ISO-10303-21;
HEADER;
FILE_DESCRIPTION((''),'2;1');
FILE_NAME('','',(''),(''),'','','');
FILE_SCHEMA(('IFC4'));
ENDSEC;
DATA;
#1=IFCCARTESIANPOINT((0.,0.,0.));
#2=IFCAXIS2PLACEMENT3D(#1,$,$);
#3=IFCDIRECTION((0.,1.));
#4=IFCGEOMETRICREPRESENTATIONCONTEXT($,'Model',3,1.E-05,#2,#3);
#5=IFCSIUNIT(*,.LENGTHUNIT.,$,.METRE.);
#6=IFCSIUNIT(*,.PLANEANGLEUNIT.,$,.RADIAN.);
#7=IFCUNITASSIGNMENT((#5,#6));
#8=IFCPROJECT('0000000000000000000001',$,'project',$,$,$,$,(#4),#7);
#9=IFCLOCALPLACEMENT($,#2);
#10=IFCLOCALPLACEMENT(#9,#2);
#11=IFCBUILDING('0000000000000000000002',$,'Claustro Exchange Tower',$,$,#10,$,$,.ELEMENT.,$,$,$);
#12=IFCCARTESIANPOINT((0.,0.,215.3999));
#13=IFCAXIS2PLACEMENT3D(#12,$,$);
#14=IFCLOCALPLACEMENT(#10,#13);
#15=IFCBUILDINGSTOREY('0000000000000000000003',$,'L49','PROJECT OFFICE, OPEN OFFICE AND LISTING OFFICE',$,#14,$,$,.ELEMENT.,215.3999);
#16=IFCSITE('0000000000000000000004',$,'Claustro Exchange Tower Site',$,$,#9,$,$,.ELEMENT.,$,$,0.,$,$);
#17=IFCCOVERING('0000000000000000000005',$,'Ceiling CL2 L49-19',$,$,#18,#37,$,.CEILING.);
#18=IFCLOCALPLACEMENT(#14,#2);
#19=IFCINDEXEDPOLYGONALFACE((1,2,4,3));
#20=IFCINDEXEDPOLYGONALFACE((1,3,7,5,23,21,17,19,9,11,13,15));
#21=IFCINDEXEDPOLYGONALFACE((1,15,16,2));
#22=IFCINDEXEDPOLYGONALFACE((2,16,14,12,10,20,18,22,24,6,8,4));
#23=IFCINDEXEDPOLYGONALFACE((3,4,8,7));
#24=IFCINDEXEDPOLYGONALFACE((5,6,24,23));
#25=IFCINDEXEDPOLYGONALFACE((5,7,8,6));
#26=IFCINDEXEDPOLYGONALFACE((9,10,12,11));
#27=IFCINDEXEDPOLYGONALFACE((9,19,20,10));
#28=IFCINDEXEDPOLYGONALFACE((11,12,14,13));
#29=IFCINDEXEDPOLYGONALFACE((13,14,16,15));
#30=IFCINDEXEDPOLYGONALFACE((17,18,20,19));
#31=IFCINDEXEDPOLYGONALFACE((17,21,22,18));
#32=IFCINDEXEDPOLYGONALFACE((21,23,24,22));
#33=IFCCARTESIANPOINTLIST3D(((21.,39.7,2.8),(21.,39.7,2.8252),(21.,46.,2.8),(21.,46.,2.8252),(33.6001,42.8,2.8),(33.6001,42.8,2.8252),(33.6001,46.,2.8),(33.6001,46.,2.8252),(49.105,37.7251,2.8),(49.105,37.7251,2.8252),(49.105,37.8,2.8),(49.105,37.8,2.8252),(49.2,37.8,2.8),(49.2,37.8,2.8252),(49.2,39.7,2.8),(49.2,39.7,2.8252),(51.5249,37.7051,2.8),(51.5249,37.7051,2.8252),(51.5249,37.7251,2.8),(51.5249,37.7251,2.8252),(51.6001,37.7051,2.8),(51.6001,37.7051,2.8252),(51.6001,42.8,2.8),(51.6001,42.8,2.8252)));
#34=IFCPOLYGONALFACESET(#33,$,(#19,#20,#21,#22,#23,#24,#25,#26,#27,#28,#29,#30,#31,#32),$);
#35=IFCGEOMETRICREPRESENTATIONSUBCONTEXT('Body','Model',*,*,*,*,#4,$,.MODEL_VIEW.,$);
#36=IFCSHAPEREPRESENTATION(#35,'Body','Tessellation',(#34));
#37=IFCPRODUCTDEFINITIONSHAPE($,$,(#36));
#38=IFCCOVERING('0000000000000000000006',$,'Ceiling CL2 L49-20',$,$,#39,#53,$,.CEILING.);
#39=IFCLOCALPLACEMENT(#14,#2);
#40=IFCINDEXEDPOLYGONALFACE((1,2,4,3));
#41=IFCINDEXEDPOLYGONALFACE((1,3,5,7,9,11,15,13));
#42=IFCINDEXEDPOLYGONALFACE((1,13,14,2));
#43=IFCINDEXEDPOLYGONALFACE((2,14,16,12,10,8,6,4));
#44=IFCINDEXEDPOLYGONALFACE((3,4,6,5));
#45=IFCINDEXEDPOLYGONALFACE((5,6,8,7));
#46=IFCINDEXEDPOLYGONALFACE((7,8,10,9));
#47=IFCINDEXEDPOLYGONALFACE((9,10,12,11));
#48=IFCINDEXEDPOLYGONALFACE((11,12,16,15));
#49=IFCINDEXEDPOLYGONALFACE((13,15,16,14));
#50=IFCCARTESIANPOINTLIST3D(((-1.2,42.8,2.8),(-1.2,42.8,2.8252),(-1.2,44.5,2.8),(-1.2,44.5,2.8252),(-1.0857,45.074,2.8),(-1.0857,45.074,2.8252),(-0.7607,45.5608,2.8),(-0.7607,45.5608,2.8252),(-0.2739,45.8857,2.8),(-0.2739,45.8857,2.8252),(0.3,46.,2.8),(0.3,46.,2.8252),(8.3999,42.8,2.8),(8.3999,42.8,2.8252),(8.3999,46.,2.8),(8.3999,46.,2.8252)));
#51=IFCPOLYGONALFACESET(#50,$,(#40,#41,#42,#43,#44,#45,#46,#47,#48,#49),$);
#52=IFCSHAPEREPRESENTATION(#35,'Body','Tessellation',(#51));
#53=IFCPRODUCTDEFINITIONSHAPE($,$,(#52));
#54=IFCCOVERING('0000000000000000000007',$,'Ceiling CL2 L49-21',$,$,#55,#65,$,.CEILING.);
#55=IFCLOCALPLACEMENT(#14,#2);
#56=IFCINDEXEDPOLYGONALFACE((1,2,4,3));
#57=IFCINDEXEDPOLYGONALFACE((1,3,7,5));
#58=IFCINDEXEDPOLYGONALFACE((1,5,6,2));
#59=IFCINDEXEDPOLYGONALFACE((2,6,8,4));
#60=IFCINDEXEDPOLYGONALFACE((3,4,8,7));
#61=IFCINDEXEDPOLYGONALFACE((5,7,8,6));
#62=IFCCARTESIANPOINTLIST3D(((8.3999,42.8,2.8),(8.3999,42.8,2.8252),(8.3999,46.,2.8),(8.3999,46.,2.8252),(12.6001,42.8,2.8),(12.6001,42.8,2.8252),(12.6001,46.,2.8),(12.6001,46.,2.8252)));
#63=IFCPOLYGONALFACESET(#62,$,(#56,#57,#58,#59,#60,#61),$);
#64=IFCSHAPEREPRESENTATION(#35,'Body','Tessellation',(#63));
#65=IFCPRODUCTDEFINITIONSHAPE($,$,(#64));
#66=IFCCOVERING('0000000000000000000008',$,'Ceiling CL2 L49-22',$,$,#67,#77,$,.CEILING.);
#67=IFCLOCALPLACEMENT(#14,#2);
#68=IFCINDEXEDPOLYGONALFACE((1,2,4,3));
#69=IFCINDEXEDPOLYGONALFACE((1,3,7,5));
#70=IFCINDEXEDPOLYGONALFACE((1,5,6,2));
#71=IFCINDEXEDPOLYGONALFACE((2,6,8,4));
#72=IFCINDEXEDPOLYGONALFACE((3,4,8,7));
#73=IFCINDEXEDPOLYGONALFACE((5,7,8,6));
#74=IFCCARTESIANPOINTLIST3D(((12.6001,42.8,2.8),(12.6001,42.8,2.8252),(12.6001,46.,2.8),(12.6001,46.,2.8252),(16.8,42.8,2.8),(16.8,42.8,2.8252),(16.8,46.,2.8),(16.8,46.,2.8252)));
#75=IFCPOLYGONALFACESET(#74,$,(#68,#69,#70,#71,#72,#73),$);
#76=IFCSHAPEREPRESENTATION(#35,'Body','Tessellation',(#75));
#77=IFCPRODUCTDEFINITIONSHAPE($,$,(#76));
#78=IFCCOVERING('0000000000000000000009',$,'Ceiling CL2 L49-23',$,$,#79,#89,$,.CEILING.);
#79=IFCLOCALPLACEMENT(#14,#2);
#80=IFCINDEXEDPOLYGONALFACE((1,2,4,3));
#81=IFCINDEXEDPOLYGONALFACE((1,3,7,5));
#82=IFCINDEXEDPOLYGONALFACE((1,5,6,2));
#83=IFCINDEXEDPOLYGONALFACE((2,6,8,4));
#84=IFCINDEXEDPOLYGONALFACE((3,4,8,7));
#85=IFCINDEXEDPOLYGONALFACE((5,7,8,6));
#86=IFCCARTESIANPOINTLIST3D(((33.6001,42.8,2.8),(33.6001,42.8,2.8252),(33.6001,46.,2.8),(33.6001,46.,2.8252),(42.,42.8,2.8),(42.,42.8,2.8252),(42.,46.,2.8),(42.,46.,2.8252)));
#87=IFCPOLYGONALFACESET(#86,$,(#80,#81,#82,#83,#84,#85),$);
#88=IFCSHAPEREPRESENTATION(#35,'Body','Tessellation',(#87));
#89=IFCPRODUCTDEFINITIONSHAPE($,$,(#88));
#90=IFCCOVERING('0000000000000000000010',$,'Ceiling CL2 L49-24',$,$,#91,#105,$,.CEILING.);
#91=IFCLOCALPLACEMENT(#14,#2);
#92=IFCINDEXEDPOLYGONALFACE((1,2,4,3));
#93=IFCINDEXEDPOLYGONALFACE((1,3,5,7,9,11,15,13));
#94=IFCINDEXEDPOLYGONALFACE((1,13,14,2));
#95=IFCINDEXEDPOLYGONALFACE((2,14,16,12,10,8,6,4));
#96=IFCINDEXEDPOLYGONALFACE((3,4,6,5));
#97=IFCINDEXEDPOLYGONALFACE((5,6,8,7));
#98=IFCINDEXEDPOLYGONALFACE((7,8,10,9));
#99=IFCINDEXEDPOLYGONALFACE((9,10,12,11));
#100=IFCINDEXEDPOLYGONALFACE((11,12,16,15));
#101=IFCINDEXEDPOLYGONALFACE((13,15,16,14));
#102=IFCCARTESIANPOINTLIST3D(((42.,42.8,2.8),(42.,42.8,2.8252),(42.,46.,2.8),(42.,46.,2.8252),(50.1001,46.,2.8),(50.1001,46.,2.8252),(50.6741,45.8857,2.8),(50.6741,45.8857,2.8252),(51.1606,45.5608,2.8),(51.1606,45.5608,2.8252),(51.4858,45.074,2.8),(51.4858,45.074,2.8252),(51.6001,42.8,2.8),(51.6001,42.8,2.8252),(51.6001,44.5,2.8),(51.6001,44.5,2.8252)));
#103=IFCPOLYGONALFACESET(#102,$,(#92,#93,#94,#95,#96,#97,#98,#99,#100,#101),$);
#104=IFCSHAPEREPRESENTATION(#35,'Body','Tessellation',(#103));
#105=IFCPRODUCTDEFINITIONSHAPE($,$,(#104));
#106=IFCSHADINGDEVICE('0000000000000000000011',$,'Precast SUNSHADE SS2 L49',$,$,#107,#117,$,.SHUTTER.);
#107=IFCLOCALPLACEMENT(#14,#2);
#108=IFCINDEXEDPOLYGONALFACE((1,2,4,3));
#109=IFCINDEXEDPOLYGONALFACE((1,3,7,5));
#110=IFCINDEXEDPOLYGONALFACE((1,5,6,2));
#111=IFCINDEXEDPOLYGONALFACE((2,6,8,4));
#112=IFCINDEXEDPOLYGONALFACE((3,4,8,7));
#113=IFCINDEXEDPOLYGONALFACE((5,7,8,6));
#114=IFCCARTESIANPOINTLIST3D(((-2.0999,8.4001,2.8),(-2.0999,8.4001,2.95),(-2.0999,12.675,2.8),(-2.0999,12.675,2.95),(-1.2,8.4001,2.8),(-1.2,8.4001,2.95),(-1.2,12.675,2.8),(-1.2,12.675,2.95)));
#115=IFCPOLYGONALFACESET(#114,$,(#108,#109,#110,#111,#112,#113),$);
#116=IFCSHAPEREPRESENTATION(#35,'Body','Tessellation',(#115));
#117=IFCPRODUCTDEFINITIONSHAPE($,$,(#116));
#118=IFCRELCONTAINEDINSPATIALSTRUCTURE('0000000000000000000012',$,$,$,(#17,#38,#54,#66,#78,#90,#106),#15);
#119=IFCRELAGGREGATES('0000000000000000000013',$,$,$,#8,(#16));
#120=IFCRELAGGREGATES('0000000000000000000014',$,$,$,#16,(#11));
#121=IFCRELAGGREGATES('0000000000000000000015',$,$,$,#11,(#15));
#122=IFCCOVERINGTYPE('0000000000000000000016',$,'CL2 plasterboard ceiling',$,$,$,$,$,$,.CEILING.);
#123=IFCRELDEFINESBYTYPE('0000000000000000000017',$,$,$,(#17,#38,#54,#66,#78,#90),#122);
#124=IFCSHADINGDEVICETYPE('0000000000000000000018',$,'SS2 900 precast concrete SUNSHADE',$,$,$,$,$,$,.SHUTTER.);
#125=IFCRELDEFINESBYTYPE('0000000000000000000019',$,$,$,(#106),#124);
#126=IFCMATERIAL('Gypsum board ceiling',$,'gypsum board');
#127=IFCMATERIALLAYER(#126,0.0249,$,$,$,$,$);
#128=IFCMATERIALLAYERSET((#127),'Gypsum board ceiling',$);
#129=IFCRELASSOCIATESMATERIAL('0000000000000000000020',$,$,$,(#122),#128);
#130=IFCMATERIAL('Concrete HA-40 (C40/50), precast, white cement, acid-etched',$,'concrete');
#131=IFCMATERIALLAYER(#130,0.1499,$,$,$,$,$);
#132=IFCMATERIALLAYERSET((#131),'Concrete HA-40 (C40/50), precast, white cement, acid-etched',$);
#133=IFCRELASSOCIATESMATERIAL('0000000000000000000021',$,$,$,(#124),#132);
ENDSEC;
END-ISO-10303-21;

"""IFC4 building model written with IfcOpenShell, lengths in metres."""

from ifc_helpers import new_model, si_unit, direction, frame, origin, origin_2d, place, context, subcontext, project, spatial, polyline, rectangle, outline, extrude, material, layer, layer_set, type_object, element, save


model = new_model("IFC4")

# Units and contexts
model_context = context("Model", 3, precision=1e-05, world=origin(), true_north=direction((0.0, 1.0)))
body_context = subcontext(model_context, "Body", "Model", "MODEL_VIEW")
ifc_project = project(units=[si_unit("LENGTHUNIT", "METRE"), si_unit("PLANEANGLEUNIT", "RADIAN")], contexts=[model_context])

# Site, building, storey
site_placement = place(None, origin())
site = spatial("IfcSite", under=ifc_project, at=site_placement, Name="Claustro Exchange Tower Site", CompositionType="ELEMENT", RefElevation=0.0)
building_placement = place(site_placement, origin())
building = spatial("IfcBuilding", under=site, at=building_placement, Name="Claustro Exchange Tower", CompositionType="ELEMENT")
storey_placement = place(building_placement, frame((0.0, 0.0, 215.3999)))
storey = spatial("IfcBuildingStorey", under=building, at=storey_placement, Name="L49", Description="PROJECT OFFICE, OPEN OFFICE AND LISTING OFFICE", CompositionType="ELEMENT", Elevation=215.3999)

# Coverings
ifc_material_1 = material(Name="Gypsum board ceiling", Category="gypsum board")
ifc_layer_1 = layer(ifc_material_1, 0.0249)
ifc_layer_set_1 = layer_set([ifc_layer_1], Name="Gypsum board ceiling")
covering_type_1 = type_object("IfcCoveringType", Name="CL2 plasterboard ceiling", PredefinedType="CEILING", material=ifc_layer_set_1)
covering_1_placement = place(storey_placement, frame((0.0, 0.0, 2.8)))
element("IfcCovering", 1, at=covering_1_placement, inside=storey, type_object=covering_type_1, Name="Ceiling CL2 L49-19", PredefinedType="CEILING", context=body_context, shape_type="SweptSolid", body=[
    extrude(outline(polyline([(51.5249, 37.7251), (51.5249, 37.7051), (51.6001, 37.7051), (51.6001, 42.8), (33.6001, 42.8), (33.6001, 46.0), (21.0, 46.0), (21.0, 39.7), (49.2, 39.7), (49.2, 37.8), (49.105, 37.8), (49.105, 37.7251), (51.5249, 37.7251)])), origin(), (0.0, 0.0, 1.0), 0.0251),
])
covering_2_placement = place(storey_placement, frame((0.0, 0.0, 2.8)))
element("IfcCovering", 2, at=covering_2_placement, inside=storey, type_object=covering_type_1, Name="Ceiling CL2 L49-20", PredefinedType="CEILING", context=body_context, shape_type="SweptSolid", body=[
    extrude(outline(polyline([(-1.2, 44.5), (-1.2, 42.8), (8.3999, 42.8), (8.3999, 46.0), (0.3, 46.0), (-0.2739, 45.8857), (-0.7607, 45.5608), (-1.0857, 45.074), (-1.2, 44.5)])), origin(), (0.0, 0.0, 1.0), 0.0251),
])
covering_3_placement = place(storey_placement, frame((0.0, 0.0, 2.8)))
element("IfcCovering", 3, at=covering_3_placement, inside=storey, type_object=covering_type_1, Name="Ceiling CL2 L49-21", PredefinedType="CEILING", context=body_context, shape_type="SweptSolid", body=[
    extrude(outline(polyline([(12.6001, 46.0), (8.3999, 46.0), (8.3999, 42.8), (12.6001, 42.8), (12.6001, 46.0)])), origin(), (0.0, 0.0, 1.0), 0.0251),
])
covering_4_placement = place(storey_placement, frame((0.0, 0.0, 2.8)))
element("IfcCovering", 4, at=covering_4_placement, inside=storey, type_object=covering_type_1, Name="Ceiling CL2 L49-22", PredefinedType="CEILING", context=body_context, shape_type="SweptSolid", body=[
    extrude(outline(polyline([(16.8, 46.0), (12.6001, 46.0), (12.6001, 42.8), (16.8, 42.8), (16.8, 46.0)])), origin(), (0.0, 0.0, 1.0), 0.0251),
])
covering_5_placement = place(storey_placement, frame((0.0, 0.0, 2.8)))
element("IfcCovering", 5, at=covering_5_placement, inside=storey, type_object=covering_type_1, Name="Ceiling CL2 L49-23", PredefinedType="CEILING", context=body_context, shape_type="SweptSolid", body=[
    extrude(outline(polyline([(42.0, 46.0), (33.6001, 46.0), (33.6001, 42.8), (42.0, 42.8), (42.0, 46.0)])), origin(), (0.0, 0.0, 1.0), 0.0251),
])
covering_6_placement = place(storey_placement, frame((0.0, 0.0, 2.8)))
element("IfcCovering", 6, at=covering_6_placement, inside=storey, type_object=covering_type_1, Name="Ceiling CL2 L49-24", PredefinedType="CEILING", context=body_context, shape_type="SweptSolid", body=[
    extrude(outline(polyline([(50.1001, 46.0), (42.0, 46.0), (42.0, 42.8), (51.6001, 42.8), (51.6001, 44.5), (51.4858, 45.074), (51.1606, 45.5608), (50.6741, 45.8857), (50.1001, 46.0)])), origin(), (0.0, 0.0, 1.0), 0.0251),
])

# Shading device
ifc_material_2 = material(Name="Concrete HA-40 (C40/50), precast, white cement, acid-etched", Category="concrete")
ifc_layer_2 = layer(ifc_material_2, 0.1499)
ifc_layer_set_2 = layer_set([ifc_layer_2], Name="Concrete HA-40 (C40/50), precast, white cement, acid-etched")
shading_device_type = type_object("IfcShadingDeviceType", Name="SS2 900 precast concrete SUNSHADE", PredefinedType="SHUTTER", material=ifc_layer_set_2)
shading_device_placement = place(storey_placement, frame((-1.6499, 10.5376, 2.8), z_axis=(0.0, 0.0, 1.0), x_axis=(0.0, 1.0, 0.0)))
element("IfcShadingDevice", 7, at=shading_device_placement, inside=storey, type_object=shading_device_type, Name="Precast SUNSHADE SS2 L49", PredefinedType="SHUTTER", context=body_context, shape_type="SweptSolid", body=[
    extrude(rectangle(XDim=4.2749, YDim=0.8999, at=origin_2d()), origin(), (0.0, 0.0, 1.0), 0.1499),
])

save(model, "model.ifc")
